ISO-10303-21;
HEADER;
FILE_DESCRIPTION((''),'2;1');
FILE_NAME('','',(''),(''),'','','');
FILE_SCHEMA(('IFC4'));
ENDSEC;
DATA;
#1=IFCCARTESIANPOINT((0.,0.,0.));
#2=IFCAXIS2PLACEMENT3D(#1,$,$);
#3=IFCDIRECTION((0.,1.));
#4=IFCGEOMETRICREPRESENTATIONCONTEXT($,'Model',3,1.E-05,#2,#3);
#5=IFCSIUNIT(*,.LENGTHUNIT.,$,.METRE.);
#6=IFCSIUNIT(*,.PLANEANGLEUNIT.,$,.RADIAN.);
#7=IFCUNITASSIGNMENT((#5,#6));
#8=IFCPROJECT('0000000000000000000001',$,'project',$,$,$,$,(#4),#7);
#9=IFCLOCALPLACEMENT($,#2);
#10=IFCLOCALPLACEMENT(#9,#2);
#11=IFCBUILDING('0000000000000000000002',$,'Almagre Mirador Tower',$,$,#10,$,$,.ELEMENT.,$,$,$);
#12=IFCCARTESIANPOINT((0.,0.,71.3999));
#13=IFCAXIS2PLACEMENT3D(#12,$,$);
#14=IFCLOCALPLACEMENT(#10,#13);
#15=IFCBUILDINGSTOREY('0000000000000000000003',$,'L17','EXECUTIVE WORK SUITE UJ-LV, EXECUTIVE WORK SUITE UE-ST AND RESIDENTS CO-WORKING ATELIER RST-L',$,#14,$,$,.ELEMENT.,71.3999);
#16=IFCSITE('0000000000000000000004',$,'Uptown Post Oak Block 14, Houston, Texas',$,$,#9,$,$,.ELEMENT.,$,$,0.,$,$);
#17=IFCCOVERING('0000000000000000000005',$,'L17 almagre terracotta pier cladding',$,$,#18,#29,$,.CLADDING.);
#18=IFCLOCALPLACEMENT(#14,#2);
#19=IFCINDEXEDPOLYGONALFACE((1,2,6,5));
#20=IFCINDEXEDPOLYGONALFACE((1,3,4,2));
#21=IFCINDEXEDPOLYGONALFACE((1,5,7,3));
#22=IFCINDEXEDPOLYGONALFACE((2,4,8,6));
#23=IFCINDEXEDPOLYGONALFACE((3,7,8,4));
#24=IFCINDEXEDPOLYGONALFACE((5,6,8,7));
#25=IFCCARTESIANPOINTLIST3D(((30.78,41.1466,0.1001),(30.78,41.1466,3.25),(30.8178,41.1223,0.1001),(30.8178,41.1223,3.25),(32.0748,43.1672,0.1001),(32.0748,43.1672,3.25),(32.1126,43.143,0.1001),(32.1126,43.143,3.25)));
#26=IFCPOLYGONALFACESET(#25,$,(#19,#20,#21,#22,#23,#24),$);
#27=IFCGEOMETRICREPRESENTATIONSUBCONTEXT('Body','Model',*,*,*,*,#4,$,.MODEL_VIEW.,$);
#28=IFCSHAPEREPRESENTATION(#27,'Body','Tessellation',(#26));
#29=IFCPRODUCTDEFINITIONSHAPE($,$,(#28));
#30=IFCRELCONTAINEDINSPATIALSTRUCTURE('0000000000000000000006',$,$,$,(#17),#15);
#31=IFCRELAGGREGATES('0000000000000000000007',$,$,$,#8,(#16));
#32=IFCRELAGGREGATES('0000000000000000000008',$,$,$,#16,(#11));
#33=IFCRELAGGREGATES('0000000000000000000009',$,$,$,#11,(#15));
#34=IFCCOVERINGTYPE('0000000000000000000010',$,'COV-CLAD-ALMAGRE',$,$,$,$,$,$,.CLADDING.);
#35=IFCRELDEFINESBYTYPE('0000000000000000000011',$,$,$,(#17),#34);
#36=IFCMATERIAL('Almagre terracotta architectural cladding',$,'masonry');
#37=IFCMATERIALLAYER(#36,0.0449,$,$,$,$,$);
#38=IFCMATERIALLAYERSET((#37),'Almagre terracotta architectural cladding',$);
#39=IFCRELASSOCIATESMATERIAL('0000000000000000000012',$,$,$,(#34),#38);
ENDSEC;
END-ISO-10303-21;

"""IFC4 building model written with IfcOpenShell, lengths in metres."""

from ifc_helpers import new_model, si_unit, direction, frame, origin, origin_2d, place, context, subcontext, project, spatial, rectangle, extrude, material, layer, layer_set, type_object, element, save


model = new_model("IFC4")

# Units and contexts
model_context = context("Model", 3, precision=1e-05, world=origin(), true_north=direction((0.0, 1.0)))
body_context = subcontext(model_context, "Body", "Model", "MODEL_VIEW")
ifc_project = project(units=[si_unit("LENGTHUNIT", "METRE"), si_unit("PLANEANGLEUNIT", "RADIAN")], contexts=[model_context])

# Site, building, storey
site_placement = place(None, origin())
site = spatial("IfcSite", under=ifc_project, at=site_placement, Name="Uptown Post Oak Block 14, Houston, Texas", CompositionType="ELEMENT", RefElevation=0.0)
building_placement = place(site_placement, origin())
building = spatial("IfcBuilding", under=site, at=building_placement, Name="Almagre Mirador Tower", CompositionType="ELEMENT")
storey_placement = place(building_placement, frame((0.0, 0.0, 71.3999)))
storey = spatial("IfcBuildingStorey", under=building, at=storey_placement, Name="L17", Description="EXECUTIVE WORK SUITE UJ-LV, EXECUTIVE WORK SUITE UE-ST AND RESIDENTS CO-WORKING ATELIER RST-L", CompositionType="ELEMENT", Elevation=71.3999)

# Covering
ifc_material_1 = material(Name="Almagre terracotta architectural cladding", Category="masonry")
ifc_layer_1 = layer(ifc_material_1, 0.0449)
ifc_layer_set_1 = layer_set([ifc_layer_1], Name="Almagre terracotta architectural cladding")
covering_type = type_object("IfcCoveringType", Name="COV-CLAD-ALMAGRE", PredefinedType="CLADDING", material=ifc_layer_set_1)
for number, where, z_axis, x_axis, name in (
    (1, (31.4463, 42.1448, 0.1001), (0.0, 0.0, 1.0), (0.53952, 0.841972, 0.0), "L17 almagre terracotta pier cladding"),
):
    element("IfcCovering", number, at=place(storey_placement, frame(where, z_axis=z_axis, x_axis=x_axis)), inside=storey, type_object=covering_type, Name=name, PredefinedType="CLADDING", context=body_context, shape_type="SweptSolid", body=[
        extrude(rectangle(XDim=2.3999, YDim=0.0449, at=origin_2d()), origin(), (0.0, 0.0, 1.0), 3.1499),
    ])

save(model, "model.ifc")
